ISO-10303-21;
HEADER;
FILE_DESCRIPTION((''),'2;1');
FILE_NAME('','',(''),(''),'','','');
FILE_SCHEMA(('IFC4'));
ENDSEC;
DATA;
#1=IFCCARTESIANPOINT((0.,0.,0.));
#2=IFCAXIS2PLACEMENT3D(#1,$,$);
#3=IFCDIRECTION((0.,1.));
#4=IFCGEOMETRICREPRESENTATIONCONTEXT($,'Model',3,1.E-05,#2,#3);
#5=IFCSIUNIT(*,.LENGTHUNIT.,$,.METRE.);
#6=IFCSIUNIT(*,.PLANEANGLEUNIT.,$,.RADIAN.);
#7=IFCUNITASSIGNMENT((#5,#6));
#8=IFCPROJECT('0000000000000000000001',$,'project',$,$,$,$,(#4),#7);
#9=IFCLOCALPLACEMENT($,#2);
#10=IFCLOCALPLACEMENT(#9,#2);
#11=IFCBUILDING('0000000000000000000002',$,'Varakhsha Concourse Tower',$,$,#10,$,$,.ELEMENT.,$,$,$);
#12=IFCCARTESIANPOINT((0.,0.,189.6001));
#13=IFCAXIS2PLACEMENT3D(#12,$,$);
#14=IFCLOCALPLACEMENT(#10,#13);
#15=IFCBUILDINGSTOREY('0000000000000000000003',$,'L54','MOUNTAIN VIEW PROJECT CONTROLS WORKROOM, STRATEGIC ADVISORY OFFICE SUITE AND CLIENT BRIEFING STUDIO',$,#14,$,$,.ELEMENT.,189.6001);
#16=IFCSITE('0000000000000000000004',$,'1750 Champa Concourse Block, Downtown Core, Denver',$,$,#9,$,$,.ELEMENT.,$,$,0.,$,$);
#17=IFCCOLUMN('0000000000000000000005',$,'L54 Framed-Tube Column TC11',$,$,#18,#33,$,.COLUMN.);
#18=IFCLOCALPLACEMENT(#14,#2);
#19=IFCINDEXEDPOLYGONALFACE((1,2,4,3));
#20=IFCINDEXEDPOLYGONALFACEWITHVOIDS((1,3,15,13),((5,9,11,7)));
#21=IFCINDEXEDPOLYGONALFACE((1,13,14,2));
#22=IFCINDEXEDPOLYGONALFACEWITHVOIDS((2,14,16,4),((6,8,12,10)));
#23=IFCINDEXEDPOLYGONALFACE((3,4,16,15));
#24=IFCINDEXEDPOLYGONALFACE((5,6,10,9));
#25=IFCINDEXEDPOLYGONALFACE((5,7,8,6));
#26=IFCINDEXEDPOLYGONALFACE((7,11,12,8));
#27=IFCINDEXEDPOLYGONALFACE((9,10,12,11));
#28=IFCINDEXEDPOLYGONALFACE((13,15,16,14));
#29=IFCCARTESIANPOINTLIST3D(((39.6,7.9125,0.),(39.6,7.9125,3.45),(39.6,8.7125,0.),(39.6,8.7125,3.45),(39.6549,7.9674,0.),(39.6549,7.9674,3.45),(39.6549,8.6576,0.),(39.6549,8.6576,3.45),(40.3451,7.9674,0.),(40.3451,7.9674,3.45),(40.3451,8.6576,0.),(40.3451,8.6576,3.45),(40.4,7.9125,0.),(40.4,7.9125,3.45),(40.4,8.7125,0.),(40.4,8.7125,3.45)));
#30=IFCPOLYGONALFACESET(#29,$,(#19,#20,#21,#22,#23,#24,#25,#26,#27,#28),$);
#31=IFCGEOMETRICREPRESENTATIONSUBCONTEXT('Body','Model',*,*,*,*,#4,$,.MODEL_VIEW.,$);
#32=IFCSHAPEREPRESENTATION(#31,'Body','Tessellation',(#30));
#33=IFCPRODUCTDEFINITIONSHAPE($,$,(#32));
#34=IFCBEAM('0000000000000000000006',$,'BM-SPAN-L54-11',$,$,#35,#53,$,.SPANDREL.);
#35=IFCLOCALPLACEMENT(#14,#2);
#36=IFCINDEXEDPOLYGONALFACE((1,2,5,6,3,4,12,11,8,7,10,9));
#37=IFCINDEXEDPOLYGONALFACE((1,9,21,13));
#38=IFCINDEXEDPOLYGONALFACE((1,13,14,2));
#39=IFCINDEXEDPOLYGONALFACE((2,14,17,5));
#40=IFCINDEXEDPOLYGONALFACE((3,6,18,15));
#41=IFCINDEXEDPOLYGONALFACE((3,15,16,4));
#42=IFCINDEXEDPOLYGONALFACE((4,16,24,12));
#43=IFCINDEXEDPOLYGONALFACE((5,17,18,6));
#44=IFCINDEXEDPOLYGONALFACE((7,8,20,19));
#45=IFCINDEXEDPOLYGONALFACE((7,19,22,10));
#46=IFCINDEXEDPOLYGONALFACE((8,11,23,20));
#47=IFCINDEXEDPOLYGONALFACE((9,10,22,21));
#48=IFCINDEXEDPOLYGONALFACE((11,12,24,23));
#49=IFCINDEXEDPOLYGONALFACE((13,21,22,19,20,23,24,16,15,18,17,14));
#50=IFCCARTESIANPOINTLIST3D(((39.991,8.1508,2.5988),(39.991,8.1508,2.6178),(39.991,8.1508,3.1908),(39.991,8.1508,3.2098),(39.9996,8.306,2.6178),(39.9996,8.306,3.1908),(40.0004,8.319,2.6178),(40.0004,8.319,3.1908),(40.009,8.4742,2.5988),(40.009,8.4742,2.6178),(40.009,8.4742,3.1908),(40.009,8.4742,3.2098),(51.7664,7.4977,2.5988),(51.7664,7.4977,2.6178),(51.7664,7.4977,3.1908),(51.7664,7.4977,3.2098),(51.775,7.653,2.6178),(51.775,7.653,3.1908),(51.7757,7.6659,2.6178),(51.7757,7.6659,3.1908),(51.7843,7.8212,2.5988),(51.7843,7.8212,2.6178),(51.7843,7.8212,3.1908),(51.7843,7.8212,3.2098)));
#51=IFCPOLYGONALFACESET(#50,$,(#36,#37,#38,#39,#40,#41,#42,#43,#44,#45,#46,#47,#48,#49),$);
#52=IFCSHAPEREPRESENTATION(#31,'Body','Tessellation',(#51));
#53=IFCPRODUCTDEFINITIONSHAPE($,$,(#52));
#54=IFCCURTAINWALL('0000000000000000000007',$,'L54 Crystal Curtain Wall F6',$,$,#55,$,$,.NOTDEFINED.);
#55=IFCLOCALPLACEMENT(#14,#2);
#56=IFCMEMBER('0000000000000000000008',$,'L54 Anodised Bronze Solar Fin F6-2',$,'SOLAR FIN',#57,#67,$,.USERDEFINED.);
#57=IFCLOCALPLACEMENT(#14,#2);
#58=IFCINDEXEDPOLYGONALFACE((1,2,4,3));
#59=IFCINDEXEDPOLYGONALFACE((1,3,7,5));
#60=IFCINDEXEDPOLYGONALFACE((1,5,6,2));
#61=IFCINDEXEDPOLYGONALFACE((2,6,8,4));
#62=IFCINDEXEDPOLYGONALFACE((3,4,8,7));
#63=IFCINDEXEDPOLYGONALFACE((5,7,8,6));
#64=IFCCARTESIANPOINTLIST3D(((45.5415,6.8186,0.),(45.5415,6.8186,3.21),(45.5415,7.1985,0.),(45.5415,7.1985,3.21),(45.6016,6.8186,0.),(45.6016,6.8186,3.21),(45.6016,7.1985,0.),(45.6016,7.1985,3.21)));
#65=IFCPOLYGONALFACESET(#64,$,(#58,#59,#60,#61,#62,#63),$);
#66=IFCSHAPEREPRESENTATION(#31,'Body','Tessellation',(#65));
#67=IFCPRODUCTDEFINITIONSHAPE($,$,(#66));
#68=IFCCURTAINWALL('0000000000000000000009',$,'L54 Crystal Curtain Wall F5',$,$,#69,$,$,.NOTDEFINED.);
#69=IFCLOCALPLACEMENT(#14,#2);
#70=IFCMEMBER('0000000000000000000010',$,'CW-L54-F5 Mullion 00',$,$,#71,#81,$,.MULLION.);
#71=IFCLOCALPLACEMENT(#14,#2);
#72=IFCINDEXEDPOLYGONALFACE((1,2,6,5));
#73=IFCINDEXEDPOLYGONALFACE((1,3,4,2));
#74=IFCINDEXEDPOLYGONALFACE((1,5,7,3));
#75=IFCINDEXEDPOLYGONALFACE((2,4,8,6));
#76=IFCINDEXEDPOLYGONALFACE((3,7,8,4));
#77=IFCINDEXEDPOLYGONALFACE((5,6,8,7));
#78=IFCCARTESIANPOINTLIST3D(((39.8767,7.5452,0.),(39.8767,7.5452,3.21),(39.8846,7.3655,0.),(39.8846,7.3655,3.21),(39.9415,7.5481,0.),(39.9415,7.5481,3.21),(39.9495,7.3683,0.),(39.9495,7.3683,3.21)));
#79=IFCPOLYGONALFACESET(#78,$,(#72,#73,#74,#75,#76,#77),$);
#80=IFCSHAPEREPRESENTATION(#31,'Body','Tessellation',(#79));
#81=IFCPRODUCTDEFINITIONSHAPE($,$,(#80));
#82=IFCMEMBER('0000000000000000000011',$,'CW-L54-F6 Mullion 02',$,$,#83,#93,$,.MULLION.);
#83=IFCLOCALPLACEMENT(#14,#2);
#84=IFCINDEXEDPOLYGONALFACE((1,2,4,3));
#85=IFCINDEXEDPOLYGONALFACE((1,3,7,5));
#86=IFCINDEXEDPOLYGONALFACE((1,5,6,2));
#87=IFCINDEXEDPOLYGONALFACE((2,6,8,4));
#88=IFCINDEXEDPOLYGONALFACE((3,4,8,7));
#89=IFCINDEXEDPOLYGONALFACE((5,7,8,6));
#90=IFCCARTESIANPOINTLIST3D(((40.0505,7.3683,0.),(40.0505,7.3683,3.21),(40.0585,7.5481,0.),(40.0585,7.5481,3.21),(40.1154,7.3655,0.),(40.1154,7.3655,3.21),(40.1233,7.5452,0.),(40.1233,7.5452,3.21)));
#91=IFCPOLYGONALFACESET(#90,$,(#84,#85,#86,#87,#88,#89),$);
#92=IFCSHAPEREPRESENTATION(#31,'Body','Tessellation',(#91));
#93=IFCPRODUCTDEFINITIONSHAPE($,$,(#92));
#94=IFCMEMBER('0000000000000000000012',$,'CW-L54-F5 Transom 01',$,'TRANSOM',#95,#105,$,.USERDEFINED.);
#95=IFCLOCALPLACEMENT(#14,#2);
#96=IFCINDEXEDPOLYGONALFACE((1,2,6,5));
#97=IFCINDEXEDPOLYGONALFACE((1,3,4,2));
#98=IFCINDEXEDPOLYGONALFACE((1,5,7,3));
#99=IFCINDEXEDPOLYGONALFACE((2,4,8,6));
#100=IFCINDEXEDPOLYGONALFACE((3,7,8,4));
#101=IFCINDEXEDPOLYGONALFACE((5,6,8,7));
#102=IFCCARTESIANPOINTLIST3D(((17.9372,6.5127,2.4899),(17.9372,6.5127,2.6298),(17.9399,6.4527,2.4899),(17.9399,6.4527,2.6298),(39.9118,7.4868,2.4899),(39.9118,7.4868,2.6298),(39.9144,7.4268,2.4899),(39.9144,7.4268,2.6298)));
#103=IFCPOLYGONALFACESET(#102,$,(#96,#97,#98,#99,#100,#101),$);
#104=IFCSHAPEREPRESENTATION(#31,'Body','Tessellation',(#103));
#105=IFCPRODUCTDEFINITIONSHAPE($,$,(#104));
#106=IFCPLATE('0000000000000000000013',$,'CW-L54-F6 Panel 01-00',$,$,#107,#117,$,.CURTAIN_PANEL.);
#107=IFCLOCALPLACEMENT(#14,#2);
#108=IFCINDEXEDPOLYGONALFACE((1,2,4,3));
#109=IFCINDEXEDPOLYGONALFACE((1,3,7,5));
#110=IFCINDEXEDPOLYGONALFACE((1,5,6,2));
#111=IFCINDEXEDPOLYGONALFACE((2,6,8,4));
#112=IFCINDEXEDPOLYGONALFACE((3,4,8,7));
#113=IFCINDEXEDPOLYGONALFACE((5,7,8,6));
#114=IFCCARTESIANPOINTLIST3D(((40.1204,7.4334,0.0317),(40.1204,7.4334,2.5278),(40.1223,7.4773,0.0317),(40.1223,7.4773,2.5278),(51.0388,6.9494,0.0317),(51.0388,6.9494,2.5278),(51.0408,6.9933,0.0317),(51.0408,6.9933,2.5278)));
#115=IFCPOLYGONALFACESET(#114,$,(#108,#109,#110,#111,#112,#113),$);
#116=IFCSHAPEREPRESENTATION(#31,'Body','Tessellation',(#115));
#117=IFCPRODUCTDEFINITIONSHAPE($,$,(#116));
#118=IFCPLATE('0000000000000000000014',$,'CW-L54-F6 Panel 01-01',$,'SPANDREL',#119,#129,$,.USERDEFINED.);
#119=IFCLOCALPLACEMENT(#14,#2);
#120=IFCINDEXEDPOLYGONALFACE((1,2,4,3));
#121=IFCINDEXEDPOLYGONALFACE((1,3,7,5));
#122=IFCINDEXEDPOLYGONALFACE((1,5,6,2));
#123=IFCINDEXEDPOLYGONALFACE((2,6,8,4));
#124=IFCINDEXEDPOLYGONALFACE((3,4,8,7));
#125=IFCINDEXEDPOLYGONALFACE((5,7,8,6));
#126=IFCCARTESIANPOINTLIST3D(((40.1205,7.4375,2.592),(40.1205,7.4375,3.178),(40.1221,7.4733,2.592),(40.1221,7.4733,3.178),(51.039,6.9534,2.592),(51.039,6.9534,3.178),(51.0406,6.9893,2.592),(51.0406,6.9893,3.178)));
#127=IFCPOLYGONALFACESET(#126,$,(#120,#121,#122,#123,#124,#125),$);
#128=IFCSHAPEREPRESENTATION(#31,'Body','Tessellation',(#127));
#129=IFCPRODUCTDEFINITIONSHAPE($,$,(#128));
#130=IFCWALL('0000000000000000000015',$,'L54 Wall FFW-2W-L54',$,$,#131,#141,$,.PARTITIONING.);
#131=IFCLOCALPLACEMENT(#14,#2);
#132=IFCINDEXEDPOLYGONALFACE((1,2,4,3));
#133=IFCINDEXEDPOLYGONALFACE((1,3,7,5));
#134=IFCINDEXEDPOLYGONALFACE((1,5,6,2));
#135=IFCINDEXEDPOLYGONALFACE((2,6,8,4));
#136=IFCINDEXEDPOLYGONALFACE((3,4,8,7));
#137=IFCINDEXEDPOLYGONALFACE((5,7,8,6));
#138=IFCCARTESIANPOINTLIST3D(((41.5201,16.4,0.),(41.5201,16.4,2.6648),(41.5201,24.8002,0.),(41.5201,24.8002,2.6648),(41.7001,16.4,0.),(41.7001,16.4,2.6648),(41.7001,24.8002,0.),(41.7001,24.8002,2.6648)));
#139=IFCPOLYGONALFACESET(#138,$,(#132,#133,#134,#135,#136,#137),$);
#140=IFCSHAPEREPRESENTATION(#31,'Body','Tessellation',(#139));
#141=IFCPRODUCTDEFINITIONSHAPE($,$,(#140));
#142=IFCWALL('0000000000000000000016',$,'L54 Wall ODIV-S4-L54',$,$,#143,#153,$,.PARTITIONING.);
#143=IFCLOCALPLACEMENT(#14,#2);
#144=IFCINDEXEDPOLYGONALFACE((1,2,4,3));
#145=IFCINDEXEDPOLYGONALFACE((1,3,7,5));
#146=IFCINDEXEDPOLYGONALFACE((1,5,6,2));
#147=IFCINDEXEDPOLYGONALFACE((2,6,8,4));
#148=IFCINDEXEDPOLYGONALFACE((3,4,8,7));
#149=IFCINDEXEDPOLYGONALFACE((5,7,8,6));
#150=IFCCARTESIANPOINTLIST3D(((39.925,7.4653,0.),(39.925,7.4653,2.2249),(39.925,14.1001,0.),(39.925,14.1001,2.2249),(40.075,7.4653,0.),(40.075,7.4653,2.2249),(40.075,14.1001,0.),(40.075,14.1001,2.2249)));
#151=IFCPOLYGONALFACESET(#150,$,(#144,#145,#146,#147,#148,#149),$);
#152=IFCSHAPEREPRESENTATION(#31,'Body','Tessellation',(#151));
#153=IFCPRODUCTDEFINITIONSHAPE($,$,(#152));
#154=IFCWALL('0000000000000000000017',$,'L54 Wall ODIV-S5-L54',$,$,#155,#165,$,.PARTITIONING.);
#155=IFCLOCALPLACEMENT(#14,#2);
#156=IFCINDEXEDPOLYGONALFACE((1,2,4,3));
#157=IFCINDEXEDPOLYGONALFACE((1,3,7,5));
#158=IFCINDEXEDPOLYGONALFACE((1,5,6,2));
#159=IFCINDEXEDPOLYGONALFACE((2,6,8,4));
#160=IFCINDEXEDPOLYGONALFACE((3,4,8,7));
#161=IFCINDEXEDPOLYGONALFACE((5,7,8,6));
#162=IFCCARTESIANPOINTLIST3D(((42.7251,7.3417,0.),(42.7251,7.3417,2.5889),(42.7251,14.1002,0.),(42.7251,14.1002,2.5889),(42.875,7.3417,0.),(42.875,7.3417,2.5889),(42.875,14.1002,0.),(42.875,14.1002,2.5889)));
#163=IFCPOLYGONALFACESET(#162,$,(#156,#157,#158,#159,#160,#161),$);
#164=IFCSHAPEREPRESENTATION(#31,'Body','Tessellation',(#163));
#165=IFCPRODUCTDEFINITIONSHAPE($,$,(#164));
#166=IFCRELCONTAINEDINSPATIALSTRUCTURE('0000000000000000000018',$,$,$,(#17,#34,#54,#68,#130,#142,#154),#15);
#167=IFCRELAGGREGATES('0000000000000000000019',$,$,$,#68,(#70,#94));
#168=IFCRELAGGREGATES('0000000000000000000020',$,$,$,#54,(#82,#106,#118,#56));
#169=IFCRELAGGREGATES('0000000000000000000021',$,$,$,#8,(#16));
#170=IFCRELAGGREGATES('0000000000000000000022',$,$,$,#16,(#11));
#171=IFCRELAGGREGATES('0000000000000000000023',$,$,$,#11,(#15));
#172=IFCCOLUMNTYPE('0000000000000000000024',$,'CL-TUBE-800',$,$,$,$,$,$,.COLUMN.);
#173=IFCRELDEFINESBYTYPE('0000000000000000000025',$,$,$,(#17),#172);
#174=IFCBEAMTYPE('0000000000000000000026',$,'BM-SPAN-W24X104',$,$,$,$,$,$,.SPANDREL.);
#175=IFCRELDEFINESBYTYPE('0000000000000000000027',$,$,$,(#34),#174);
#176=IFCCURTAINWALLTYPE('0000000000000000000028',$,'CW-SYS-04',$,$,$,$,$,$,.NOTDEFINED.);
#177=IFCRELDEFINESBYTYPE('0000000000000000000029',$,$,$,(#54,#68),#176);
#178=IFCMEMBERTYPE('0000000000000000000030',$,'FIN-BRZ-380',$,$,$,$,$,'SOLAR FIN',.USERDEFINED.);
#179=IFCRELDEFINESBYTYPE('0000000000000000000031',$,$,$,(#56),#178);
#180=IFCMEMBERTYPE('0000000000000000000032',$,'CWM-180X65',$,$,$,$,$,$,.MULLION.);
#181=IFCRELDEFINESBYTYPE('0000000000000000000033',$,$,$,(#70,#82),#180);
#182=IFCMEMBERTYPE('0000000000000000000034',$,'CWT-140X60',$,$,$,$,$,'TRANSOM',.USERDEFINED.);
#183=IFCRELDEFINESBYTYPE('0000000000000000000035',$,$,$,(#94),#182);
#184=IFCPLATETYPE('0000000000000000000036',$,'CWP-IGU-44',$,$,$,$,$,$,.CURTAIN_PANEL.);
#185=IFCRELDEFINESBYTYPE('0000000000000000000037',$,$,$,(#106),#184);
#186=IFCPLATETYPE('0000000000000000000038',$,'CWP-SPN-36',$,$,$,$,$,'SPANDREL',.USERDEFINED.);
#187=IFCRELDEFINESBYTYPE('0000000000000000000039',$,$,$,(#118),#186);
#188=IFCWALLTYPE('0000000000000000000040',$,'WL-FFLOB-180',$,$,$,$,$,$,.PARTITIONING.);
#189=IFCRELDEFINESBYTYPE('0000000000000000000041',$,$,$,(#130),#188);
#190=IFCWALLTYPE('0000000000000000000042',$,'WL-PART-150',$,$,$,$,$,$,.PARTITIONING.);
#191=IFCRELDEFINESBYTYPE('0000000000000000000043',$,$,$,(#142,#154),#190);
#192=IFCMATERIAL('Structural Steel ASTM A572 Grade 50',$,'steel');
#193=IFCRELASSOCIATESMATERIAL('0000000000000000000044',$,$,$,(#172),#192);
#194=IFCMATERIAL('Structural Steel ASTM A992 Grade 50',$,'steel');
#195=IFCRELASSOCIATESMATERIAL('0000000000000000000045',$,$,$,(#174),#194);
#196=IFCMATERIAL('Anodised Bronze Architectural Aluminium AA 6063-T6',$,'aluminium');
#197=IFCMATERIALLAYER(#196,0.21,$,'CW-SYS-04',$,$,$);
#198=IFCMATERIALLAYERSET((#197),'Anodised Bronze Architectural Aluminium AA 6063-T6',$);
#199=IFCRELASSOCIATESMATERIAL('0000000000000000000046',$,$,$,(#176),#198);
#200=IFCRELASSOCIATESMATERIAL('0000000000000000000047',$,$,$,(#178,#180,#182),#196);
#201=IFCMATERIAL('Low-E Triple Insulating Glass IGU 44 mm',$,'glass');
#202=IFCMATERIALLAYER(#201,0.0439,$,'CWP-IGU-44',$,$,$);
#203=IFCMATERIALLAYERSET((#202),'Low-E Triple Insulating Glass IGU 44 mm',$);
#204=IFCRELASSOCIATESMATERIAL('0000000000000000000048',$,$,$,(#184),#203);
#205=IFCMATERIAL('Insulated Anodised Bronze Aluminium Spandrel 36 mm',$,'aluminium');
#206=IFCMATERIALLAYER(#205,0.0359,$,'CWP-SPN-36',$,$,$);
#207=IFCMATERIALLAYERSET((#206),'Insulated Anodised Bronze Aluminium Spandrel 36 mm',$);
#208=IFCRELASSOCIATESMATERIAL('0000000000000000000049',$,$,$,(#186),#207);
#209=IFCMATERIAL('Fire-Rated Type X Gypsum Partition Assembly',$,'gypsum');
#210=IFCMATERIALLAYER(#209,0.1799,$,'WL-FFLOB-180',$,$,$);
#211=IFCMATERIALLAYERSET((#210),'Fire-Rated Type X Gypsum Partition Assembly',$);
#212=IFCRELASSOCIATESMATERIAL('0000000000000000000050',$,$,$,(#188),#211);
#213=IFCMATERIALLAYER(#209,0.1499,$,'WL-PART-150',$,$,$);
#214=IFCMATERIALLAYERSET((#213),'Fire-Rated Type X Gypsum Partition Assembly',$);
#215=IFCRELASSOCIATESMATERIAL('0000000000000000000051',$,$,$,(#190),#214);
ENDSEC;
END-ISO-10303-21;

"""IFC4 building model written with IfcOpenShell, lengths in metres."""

from ifc_helpers import new_model, si_unit, direction, frame, frame_2d, origin, origin_2d, place, context, subcontext, project, spatial, rectangle, hollow_rectangle, i_section, extrude, source, transform, mapped, material, layer, layer_set, material_profile, profile_set, type_object, type_shapes, element, aggregate, save


model = new_model("IFC4")

# Units and contexts
model_context = context("Model", 3, precision=1e-05, world=origin(), true_north=direction((0.0, 1.0)))
body_context = subcontext(model_context, "Body", "Model", "MODEL_VIEW")
ifc_project = project(units=[si_unit("LENGTHUNIT", "METRE"), si_unit("PLANEANGLEUNIT", "RADIAN")], contexts=[model_context])

# Site, building, storey
site_placement = place(None, origin())
site = spatial("IfcSite", under=ifc_project, at=site_placement, Name="1750 Champa Concourse Block, Downtown Core, Denver", CompositionType="ELEMENT", RefElevation=0.0)
building_placement = place(site_placement, origin())
building = spatial("IfcBuilding", under=site, at=building_placement, Name="Varakhsha Concourse Tower", CompositionType="ELEMENT")
storey_placement = place(building_placement, frame((0.0, 0.0, 189.6001)))
storey = spatial("IfcBuildingStorey", under=building, at=storey_placement, Name="L54", Description="MOUNTAIN VIEW PROJECT CONTROLS WORKROOM, STRATEGIC ADVISORY OFFICE SUITE AND CLIENT BRIEFING STUDIO", CompositionType="ELEMENT", Elevation=189.6001)

# Column
ifc_material_1 = material(Name="Structural Steel ASTM A572 Grade 50", Category="steel")
ifc_material_profile_1 = material_profile(ifc_material_1, hollow_rectangle(XDim=0.8, YDim=0.8, WallThickness=0.0549, at=origin_2d()), Name="BOX 800x800x55")
ifc_profile_set_1 = profile_set([ifc_material_profile_1], Name="Structural Steel ASTM A572 Grade 50")
column_type = type_object("IfcColumnType", Name="CL-TUBE-800", PredefinedType="COLUMN", material=ifc_profile_set_1)
column_placement = place(storey_placement, frame((40.0, 8.3125, 0.0), z_axis=(0.0, 0.0, 1.0), x_axis=(1.0, 0.0, 0.0)))
element("IfcColumn", 1, at=column_placement, inside=storey, type_object=column_type, Name="L54 Framed-Tube Column TC11", PredefinedType="COLUMN", context=body_context, shape_type="SweptSolid", body=[
    extrude(hollow_rectangle(XDim=0.8, YDim=0.8, WallThickness=0.0549, at=origin_2d()), origin(), (0.0, 0.0, 1.0), 3.45),
])

# Beam
ifc_material_2 = material(Name="Structural Steel ASTM A992 Grade 50", Category="steel")
ifc_material_profile_2 = material_profile(ifc_material_2, i_section(OverallWidth=0.324, OverallDepth=0.6111, WebThickness=0.0129, FlangeThickness=0.019, at=origin_2d()), Name="W24X104")
ifc_profile_set_2 = profile_set([ifc_material_profile_2], Name="Structural Steel ASTM A992 Grade 50")
beam_type = type_object("IfcBeamType", Name="BM-SPAN-W24X104", PredefinedType="SPANDREL", material=ifc_profile_set_2)
beam_placement = place(storey_placement, frame((40.0, 8.3125, 2.9043), z_axis=(0.998466, -0.055376, 0.0), x_axis=(0.055376, 0.998466, 0.0)))
element("IfcBeam", 2, at=beam_placement, inside=storey, type_object=beam_type, Name="BM-SPAN-L54-11", PredefinedType="SPANDREL", context=body_context, shape_type="SweptSolid", body=[
    extrude(i_section(OverallWidth=0.324, OverallDepth=0.6111, WebThickness=0.0129, FlangeThickness=0.019, at=origin_2d()), origin(), (0.0, 0.0, 1.0), 11.7935),
])

# Curtain walls, members
ifc_material_3 = material(Name="Anodised Bronze Architectural Aluminium AA 6063-T6", Category="aluminium")
ifc_layer_1 = layer(ifc_material_3, 0.21, Name="CW-SYS-04")
ifc_layer_set_1 = layer_set([ifc_layer_1], Name="Anodised Bronze Architectural Aluminium AA 6063-T6")
curtain_wall_type = type_object("IfcCurtainWallType", Name="CW-SYS-04", PredefinedType="NOTDEFINED", material=ifc_layer_set_1)
curtain_wall_1_placement = place(storey_placement, origin())
curtain_wall_1 = element("IfcCurtainWall", 3, at=curtain_wall_1_placement, inside=storey, type_object=curtain_wall_type, Name="L54 Crystal Curtain Wall F6", PredefinedType="NOTDEFINED")
ifc_material_profile_3 = material_profile(ifc_material_3, rectangle(XDim=0.0601, YDim=0.3799, at=origin_2d()), Name="FIN-BRZ-380")
ifc_profile_set_3 = profile_set([ifc_material_profile_3], Name="Anodised Bronze Architectural Aluminium AA 6063-T6")
member_type_1 = type_object("IfcMemberType", Name="FIN-BRZ-380", ElementType="SOLAR FIN", PredefinedType="USERDEFINED", material=ifc_profile_set_3)
shared_shape_1 = source(origin(), body_context, "Body", "SweptSolid", [
    extrude(rectangle(XDim=0.0601, YDim=0.3799, at=origin_2d()), origin(), (0.0, 0.0, 1.0), 3.21),
])
type_shapes(member_type_1, [shared_shape_1])
member_1_placement = place(storey_placement, frame((45.5715, 7.0085, 0.0), z_axis=(0.0, 0.0, 1.0), x_axis=(1.0, 0.0, 0.0)))
member_1 = element("IfcMember", 4, at=member_1_placement, type_object=member_type_1, Name="L54 Anodised Bronze Solar Fin F6-2", ObjectType="SOLAR FIN", PredefinedType="USERDEFINED", context=body_context, shape_type="MappedRepresentation", body=[
    mapped(shared_shape_1, transform((0.0, 0.0, 0.0), scale=1.0)),
])
curtain_wall_2_placement = place(storey_placement, origin())
curtain_wall_2 = element("IfcCurtainWall", 5, at=curtain_wall_2_placement, inside=storey, type_object=curtain_wall_type, Name="L54 Crystal Curtain Wall F5", PredefinedType="NOTDEFINED")
ifc_material_profile_4 = material_profile(ifc_material_3, rectangle(XDim=0.0649, YDim=0.1799, at=origin_2d()), Name="CWM-180X65")
ifc_profile_set_4 = profile_set([ifc_material_profile_4], Name="Anodised Bronze Architectural Aluminium AA 6063-T6")
member_type_2 = type_object("IfcMemberType", Name="CWM-180X65", PredefinedType="MULLION", material=ifc_profile_set_4)
shared_shape_2 = source(origin(), body_context, "Body", "SweptSolid", [
    extrude(rectangle(XDim=0.0649, YDim=0.1799, at=origin_2d()), origin(), (0.0, 0.0, 1.0), 3.21),
])
type_shapes(member_type_2, [shared_shape_2])
member_2_placement = place(storey_placement, frame((39.9131, 7.4568, 0.0), z_axis=(0.0, 0.0, 1.0), x_axis=(-0.999019, -0.044285, 0.0)))
member_2 = element("IfcMember", 6, at=member_2_placement, type_object=member_type_2, Name="CW-L54-F5 Mullion 00", PredefinedType="MULLION", context=body_context, shape_type="MappedRepresentation", body=[
    mapped(shared_shape_2, transform((0.0, 0.0, 0.0), scale=1.0)),
])

# Members
member_3_placement = place(storey_placement, frame((40.0869, 7.4568, 0.0), z_axis=(0.0, 0.0, 1.0), x_axis=(-0.999019, 0.044285, 0.0)))
member_3 = element("IfcMember", 7, at=member_3_placement, type_object=member_type_2, Name="CW-L54-F6 Mullion 02", PredefinedType="MULLION", context=body_context, shape_type="MappedRepresentation", body=[
    mapped(shared_shape_2, transform((0.0, 0.0, 0.0), scale=1.0)),
])
ifc_material_profile_5 = material_profile(ifc_material_3, rectangle(XDim=0.0601, YDim=0.1399, at=origin_2d()), Name="CWT-140X60")
ifc_profile_set_5 = profile_set([ifc_material_profile_5], Name="Anodised Bronze Architectural Aluminium AA 6063-T6")
member_type_3 = type_object("IfcMemberType", Name="CWT-140X60", ElementType="TRANSOM", PredefinedType="USERDEFINED", material=ifc_profile_set_5)
shared_shape_3 = source(origin(), body_context, "Body", "SweptSolid", [
    extrude(rectangle(XDim=0.0601, YDim=0.1399, at=origin_2d()), origin(), (0.0, 0.0, 1.0), 21.9961),
])
type_shapes(member_type_3, [shared_shape_3])
member_4_placement = place(storey_placement, frame((39.9131, 7.4568, 2.5598), z_axis=(-0.999019, -0.044286, 0.0), x_axis=(0.044286, -0.999019, 0.0)))
member_4 = element("IfcMember", 8, at=member_4_placement, type_object=member_type_3, Name="CW-L54-F5 Transom 01", ObjectType="TRANSOM", PredefinedType="USERDEFINED", context=body_context, shape_type="MappedRepresentation", body=[
    mapped(shared_shape_3, transform((0.0, 0.0, 0.0), scale=1.0)),
])
aggregate(curtain_wall_2, [member_2, member_4])

# Plates
ifc_material_4 = material(Name="Low-E Triple Insulating Glass IGU 44 mm", Category="glass")
ifc_layer_2 = layer(ifc_material_4, 0.0439, Name="CWP-IGU-44")
ifc_layer_set_2 = layer_set([ifc_layer_2], Name="Low-E Triple Insulating Glass IGU 44 mm")
plate_type_1 = type_object("IfcPlateType", Name="CWP-IGU-44", PredefinedType="CURTAIN_PANEL", material=ifc_layer_set_2)
shared_shape_4 = source(origin(), body_context, "Body", "SweptSolid", [
    extrude(rectangle(XDim=10.9292, YDim=0.0439, at=origin_2d()), origin(), (0.0, 0.0, 1.0), 2.4961),
])
type_shapes(plate_type_1, [shared_shape_4])
plate_1_placement = place(storey_placement, frame((45.5806, 7.2134, 0.0317), z_axis=(0.0, 0.0, 1.0), x_axis=(-0.999019, 0.044285, 0.0)))
plate_1 = element("IfcPlate", 9, at=plate_1_placement, type_object=plate_type_1, Name="CW-L54-F6 Panel 01-00", PredefinedType="CURTAIN_PANEL", context=body_context, shape_type="MappedRepresentation", body=[
    mapped(shared_shape_4, transform((0.0, 0.0, 0.0), scale=1.0)),
])
ifc_material_5 = material(Name="Insulated Anodised Bronze Aluminium Spandrel 36 mm", Category="aluminium")
ifc_layer_3 = layer(ifc_material_5, 0.0359, Name="CWP-SPN-36")
ifc_layer_set_3 = layer_set([ifc_layer_3], Name="Insulated Anodised Bronze Aluminium Spandrel 36 mm")
plate_type_2 = type_object("IfcPlateType", Name="CWP-SPN-36", ElementType="SPANDREL", PredefinedType="USERDEFINED", material=ifc_layer_set_3)
shared_shape_5 = source(origin(), body_context, "Body", "SweptSolid", [
    extrude(rectangle(XDim=10.9292, YDim=0.0359, at=origin_2d()), origin(), (0.0, 0.0, 1.0), 0.5859),
])
type_shapes(plate_type_2, [shared_shape_5])
plate_2_placement = place(storey_placement, frame((45.5806, 7.2134, 2.592), z_axis=(0.0, 0.0, 1.0), x_axis=(-0.999019, 0.044285, 0.0)))
plate_2 = element("IfcPlate", 10, at=plate_2_placement, type_object=plate_type_2, Name="CW-L54-F6 Panel 01-01", ObjectType="SPANDREL", PredefinedType="USERDEFINED", context=body_context, shape_type="MappedRepresentation", body=[
    mapped(shared_shape_5, transform((0.0, 0.0, 0.0), scale=1.0)),
])
aggregate(curtain_wall_1, [member_3, plate_1, plate_2, member_1])

# Walls
ifc_material_6 = material(Name="Fire-Rated Type X Gypsum Partition Assembly", Category="gypsum")
ifc_layer_4 = layer(ifc_material_6, 0.1799, Name="WL-FFLOB-180")
ifc_layer_set_4 = layer_set([ifc_layer_4], Name="Fire-Rated Type X Gypsum Partition Assembly")
wall_type_1 = type_object("IfcWallType", Name="WL-FFLOB-180", PredefinedType="PARTITIONING", material=ifc_layer_set_4)
wall_1_placement = place(storey_placement, frame((41.6101, 16.3999, 0.0), z_axis=(0.0, 0.0, 1.0), x_axis=(0.0, 1.0, 0.0)))
element("IfcWall", 11, at=wall_1_placement, inside=storey, type_object=wall_type_1, Name="L54 Wall FFW-2W-L54", PredefinedType="PARTITIONING", context=body_context, shape_type="SweptSolid", body=[
    extrude(rectangle(XDim=8.4001, YDim=0.1799, at=frame_2d((4.2002, 0.0))), origin(), (0.0, 0.0, 1.0), 2.6648),
])
ifc_layer_5 = layer(ifc_material_6, 0.1499, Name="WL-PART-150")
ifc_layer_set_5 = layer_set([ifc_layer_5], Name="Fire-Rated Type X Gypsum Partition Assembly")
wall_type_2 = type_object("IfcWallType", Name="WL-PART-150", PredefinedType="PARTITIONING", material=ifc_layer_set_5)
wall_2_placement = place(storey_placement, frame((40.0, 7.4653, 0.0), z_axis=(0.0, 0.0, 1.0), x_axis=(0.0, 1.0, 0.0)))
element("IfcWall", 12, at=wall_2_placement, inside=storey, type_object=wall_type_2, Name="L54 Wall ODIV-S4-L54", PredefinedType="PARTITIONING", context=body_context, shape_type="SweptSolid", body=[
    extrude(rectangle(XDim=6.6348, YDim=0.1499, at=frame_2d((3.3174, 0.0))), origin(), (0.0, 0.0, 1.0), 2.2249),
])
wall_3_placement = place(storey_placement, frame((42.8, 7.3416, 0.0), z_axis=(0.0, 0.0, 1.0), x_axis=(0.0, 1.0, 0.0)))
element("IfcWall", 13, at=wall_3_placement, inside=storey, type_object=wall_type_2, Name="L54 Wall ODIV-S5-L54", PredefinedType="PARTITIONING", context=body_context, shape_type="SweptSolid", body=[
    extrude(rectangle(XDim=6.7585, YDim=0.1499, at=frame_2d((3.3794, 0.0))), origin(), (0.0, 0.0, 1.0), 2.5889),
])

save(model, "model.ifc")
